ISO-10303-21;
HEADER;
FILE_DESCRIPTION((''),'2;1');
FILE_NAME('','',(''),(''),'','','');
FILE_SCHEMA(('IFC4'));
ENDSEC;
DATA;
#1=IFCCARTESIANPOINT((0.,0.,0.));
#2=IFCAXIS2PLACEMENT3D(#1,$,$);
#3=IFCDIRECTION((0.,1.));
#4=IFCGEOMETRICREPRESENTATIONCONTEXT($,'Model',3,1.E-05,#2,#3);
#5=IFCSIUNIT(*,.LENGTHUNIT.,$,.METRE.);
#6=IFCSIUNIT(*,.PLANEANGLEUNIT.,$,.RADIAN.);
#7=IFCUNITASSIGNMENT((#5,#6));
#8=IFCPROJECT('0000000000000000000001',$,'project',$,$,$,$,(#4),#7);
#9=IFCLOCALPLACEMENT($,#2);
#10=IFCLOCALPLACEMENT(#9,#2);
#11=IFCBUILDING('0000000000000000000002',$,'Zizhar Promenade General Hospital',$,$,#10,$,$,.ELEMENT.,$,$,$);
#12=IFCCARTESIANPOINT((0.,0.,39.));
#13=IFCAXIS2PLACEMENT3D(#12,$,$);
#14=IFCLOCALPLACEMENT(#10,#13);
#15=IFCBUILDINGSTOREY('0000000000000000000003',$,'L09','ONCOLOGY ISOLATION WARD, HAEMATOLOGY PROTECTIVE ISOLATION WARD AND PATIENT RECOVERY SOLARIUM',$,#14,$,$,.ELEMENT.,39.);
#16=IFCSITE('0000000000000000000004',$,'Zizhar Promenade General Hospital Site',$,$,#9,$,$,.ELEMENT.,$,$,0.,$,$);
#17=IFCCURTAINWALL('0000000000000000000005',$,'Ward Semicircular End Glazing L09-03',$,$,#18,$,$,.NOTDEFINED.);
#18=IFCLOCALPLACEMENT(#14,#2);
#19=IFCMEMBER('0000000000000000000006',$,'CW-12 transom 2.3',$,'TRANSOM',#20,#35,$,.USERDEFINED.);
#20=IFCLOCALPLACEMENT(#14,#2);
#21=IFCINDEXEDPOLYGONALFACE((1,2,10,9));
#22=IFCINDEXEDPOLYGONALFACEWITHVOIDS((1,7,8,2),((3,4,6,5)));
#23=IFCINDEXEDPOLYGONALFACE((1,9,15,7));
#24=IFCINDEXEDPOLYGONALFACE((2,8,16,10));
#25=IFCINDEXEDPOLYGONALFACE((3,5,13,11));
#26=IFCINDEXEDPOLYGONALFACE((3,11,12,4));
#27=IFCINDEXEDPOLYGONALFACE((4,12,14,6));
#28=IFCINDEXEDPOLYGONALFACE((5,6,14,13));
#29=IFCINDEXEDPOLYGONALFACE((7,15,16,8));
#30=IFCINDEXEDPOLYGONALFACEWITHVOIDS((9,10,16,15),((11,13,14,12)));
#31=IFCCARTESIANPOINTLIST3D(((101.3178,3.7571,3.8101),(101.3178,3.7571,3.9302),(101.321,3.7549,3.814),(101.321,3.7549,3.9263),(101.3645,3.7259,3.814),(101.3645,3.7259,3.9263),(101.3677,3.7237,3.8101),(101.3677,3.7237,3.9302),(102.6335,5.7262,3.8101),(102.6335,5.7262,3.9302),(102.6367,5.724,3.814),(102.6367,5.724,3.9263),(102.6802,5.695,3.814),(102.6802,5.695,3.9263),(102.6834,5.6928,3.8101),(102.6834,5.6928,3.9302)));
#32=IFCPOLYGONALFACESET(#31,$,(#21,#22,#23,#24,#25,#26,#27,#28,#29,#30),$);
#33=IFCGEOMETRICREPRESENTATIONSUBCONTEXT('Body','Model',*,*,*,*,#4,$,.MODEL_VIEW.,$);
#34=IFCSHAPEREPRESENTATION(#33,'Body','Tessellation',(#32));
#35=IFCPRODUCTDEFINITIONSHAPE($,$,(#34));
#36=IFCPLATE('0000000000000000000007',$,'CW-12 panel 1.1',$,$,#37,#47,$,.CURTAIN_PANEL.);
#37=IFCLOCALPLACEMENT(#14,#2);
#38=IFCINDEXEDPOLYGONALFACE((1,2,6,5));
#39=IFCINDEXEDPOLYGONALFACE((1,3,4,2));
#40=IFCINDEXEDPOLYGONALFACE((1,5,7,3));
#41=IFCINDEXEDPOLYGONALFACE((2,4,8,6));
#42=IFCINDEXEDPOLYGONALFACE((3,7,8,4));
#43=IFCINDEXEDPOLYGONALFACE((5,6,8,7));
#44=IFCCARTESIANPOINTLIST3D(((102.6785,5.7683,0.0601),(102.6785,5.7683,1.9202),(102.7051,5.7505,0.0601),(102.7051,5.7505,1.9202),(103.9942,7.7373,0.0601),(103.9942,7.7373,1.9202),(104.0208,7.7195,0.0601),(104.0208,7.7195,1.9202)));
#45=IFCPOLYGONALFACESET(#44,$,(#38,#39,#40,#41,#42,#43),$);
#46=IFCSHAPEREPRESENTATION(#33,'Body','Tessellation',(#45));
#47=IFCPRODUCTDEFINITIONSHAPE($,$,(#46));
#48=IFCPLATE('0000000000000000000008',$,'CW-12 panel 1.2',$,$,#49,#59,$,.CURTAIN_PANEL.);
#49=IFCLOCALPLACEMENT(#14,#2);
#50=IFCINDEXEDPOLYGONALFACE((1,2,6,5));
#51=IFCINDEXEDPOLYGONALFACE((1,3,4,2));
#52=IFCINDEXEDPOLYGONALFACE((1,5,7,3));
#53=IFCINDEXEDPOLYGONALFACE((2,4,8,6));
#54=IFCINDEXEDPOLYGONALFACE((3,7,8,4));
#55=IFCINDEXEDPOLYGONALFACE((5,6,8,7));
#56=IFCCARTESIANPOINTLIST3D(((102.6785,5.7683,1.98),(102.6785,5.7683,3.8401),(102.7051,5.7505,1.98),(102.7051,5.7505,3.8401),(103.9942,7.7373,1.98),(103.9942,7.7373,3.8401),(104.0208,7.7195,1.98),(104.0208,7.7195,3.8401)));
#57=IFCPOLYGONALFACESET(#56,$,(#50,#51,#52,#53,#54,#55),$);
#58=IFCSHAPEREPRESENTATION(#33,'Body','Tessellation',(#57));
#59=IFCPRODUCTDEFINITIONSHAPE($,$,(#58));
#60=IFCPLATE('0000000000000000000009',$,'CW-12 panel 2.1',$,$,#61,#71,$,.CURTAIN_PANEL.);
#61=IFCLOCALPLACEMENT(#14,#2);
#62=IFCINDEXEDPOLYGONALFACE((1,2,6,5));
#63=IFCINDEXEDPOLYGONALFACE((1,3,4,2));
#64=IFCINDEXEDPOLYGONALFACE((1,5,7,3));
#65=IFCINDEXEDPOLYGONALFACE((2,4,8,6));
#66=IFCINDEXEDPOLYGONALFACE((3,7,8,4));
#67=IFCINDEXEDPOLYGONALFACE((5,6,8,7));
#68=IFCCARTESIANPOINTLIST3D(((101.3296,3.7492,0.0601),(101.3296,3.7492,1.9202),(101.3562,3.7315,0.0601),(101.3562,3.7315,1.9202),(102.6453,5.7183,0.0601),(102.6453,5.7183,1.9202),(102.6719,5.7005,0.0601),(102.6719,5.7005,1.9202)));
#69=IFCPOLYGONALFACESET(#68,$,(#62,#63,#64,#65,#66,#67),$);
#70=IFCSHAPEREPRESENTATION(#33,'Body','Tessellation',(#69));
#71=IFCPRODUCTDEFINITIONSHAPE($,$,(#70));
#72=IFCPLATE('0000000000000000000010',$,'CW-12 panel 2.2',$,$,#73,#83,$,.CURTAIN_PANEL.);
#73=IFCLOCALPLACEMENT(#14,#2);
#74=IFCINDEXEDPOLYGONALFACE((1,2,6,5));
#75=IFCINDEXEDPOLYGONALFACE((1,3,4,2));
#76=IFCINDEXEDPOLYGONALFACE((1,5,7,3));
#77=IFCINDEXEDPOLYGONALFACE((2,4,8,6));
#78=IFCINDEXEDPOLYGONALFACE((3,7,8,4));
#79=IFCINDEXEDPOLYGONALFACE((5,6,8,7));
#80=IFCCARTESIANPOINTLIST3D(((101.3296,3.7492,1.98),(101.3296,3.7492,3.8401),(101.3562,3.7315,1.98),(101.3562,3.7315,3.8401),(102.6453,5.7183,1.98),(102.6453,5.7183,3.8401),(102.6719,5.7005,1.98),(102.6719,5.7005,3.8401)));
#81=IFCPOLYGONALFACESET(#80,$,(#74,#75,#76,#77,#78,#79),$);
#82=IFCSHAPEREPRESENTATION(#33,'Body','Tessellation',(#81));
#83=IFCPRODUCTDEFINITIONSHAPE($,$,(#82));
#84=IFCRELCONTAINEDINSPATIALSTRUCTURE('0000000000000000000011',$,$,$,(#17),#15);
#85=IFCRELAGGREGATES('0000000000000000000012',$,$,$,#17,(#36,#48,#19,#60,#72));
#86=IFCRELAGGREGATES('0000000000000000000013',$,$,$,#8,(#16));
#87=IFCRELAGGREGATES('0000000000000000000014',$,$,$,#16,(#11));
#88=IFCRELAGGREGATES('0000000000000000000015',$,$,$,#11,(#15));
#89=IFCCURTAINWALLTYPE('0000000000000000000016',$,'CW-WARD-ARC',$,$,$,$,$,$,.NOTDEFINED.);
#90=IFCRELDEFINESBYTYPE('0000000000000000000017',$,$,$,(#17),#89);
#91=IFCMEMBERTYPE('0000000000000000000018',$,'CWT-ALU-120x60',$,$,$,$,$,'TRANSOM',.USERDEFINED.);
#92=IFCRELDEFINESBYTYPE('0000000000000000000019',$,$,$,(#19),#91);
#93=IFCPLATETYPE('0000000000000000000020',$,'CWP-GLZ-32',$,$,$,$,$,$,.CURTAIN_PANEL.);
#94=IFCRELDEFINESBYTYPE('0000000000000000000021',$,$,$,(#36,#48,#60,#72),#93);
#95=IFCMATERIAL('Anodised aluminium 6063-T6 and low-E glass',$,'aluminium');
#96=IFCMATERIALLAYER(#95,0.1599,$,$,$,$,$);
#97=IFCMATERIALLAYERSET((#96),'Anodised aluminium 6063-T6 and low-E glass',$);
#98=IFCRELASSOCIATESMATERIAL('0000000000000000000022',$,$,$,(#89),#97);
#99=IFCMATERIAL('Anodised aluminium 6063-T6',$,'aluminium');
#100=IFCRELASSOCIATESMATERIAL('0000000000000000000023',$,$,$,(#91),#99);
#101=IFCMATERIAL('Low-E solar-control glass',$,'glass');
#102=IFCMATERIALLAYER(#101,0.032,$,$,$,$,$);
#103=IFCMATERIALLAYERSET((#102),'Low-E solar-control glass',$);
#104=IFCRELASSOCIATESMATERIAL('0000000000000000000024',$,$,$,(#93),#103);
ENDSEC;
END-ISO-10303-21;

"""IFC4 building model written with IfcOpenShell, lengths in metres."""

from ifc_helpers import new_model, si_unit, direction, frame, origin, origin_2d, place, context, subcontext, project, spatial, rectangle, hollow_rectangle, extrude, material, layer, layer_set, material_profile, profile_set, type_object, element, aggregate, save


model = new_model("IFC4")

# Units and contexts
model_context = context("Model", 3, precision=1e-05, world=origin(), true_north=direction((0.0, 1.0)))
body_context = subcontext(model_context, "Body", "Model", "MODEL_VIEW")
ifc_project = project(units=[si_unit("LENGTHUNIT", "METRE"), si_unit("PLANEANGLEUNIT", "RADIAN")], contexts=[model_context])

# Site, building, storey
site_placement = place(None, origin())
site = spatial("IfcSite", under=ifc_project, at=site_placement, Name="Zizhar Promenade General Hospital Site", CompositionType="ELEMENT", RefElevation=0.0)
building_placement = place(site_placement, origin())
building = spatial("IfcBuilding", under=site, at=building_placement, Name="Zizhar Promenade General Hospital", CompositionType="ELEMENT")
storey_placement = place(building_placement, frame((0.0, 0.0, 39.0)))
storey = spatial("IfcBuildingStorey", under=building, at=storey_placement, Name="L09", Description="ONCOLOGY ISOLATION WARD, HAEMATOLOGY PROTECTIVE ISOLATION WARD AND PATIENT RECOVERY SOLARIUM", CompositionType="ELEMENT", Elevation=39.0)

# Shared definitions
ifc_material_1 = material(Name="Anodised aluminium 6063-T6 and low-E glass", Category="aluminium")
ifc_layer_1 = layer(ifc_material_1, 0.1599)
ifc_layer_set_1 = layer_set([ifc_layer_1], Name="Anodised aluminium 6063-T6 and low-E glass")
curtain_wall_type = type_object("IfcCurtainWallType", Name="CW-WARD-ARC", PredefinedType="NOTDEFINED", material=ifc_layer_set_1)

# Curtain wall
curtain_wall_1_placement = place(storey_placement, origin())
curtain_wall_1 = element("IfcCurtainWall", 1, at=curtain_wall_1_placement, inside=storey, type_object=curtain_wall_type, Name="Ward Semicircular End Glazing L09-03", PredefinedType="NOTDEFINED")

# Member
ifc_material_2 = material(Name="Anodised aluminium 6063-T6", Category="aluminium")
ifc_material_profile_1 = material_profile(ifc_material_2, hollow_rectangle(XDim=0.0601, YDim=0.1201, WallThickness=0.0039, at=origin_2d()))
ifc_profile_set_1 = profile_set([ifc_material_profile_1], Name="Anodised aluminium 6063-T6")
member_type_1 = type_object("IfcMemberType", Name="CWT-ALU-120x60", ElementType="TRANSOM", PredefinedType="USERDEFINED", material=ifc_profile_set_1)
member_1_placement = place(storey_placement, frame((102.6584, 5.7095, 3.8701), z_axis=(-0.55558, -0.831463, 0.0), x_axis=(0.831463, -0.55558, 0.0)))
member_1 = element("IfcMember", 2, at=member_1_placement, type_object=member_type_1, Name="CW-12 transom 2.3", ObjectType="TRANSOM", PredefinedType="USERDEFINED", context=body_context, shape_type="SweptSolid", body=[
    extrude(hollow_rectangle(XDim=0.0601, YDim=0.1201, WallThickness=0.0039, at=origin_2d()), origin(), (0.0, 0.0, 1.0), 2.3682),
])

# Plates
ifc_material_3 = material(Name="Low-E solar-control glass", Category="glass")
ifc_layer_2 = layer(ifc_material_3, 0.032)
ifc_layer_set_2 = layer_set([ifc_layer_2], Name="Low-E solar-control glass")
plate_type = type_object("IfcPlateType", Name="CWP-GLZ-32", PredefinedType="CURTAIN_PANEL", material=ifc_layer_set_2)
plate_1_placement = place(storey_placement, frame((103.3496, 6.7439, 0.0601), z_axis=(0.0, 0.0, 1.0), x_axis=(-0.555582, -0.831462, 0.0)))
plate_1 = element("IfcPlate", 3, at=plate_1_placement, type_object=plate_type, Name="CW-12 panel 1.1", PredefinedType="CURTAIN_PANEL", context=body_context, shape_type="SweptSolid", body=[
    extrude(rectangle(XDim=2.3682, YDim=0.032, at=origin_2d()), origin(), (0.0, 0.0, 1.0), 1.8601),
])
plate_2_placement = place(storey_placement, frame((103.3496, 6.7439, 1.98), z_axis=(0.0, 0.0, 1.0), x_axis=(-0.555582, -0.831462, 0.0)))
plate_2 = element("IfcPlate", 4, at=plate_2_placement, type_object=plate_type, Name="CW-12 panel 1.2", PredefinedType="CURTAIN_PANEL", context=body_context, shape_type="SweptSolid", body=[
    extrude(rectangle(XDim=2.3682, YDim=0.032, at=origin_2d()), origin(), (0.0, 0.0, 1.0), 1.8601),
])
plate_3_placement = place(storey_placement, frame((102.0007, 4.7249, 0.0601), z_axis=(0.0, 0.0, 1.0), x_axis=(-0.555582, -0.831462, 0.0)))
plate_3 = element("IfcPlate", 5, at=plate_3_placement, type_object=plate_type, Name="CW-12 panel 2.1", PredefinedType="CURTAIN_PANEL", context=body_context, shape_type="SweptSolid", body=[
    extrude(rectangle(XDim=2.3682, YDim=0.032, at=origin_2d()), origin(), (0.0, 0.0, 1.0), 1.8601),
])
plate_4_placement = place(storey_placement, frame((102.0007, 4.7249, 1.98), z_axis=(0.0, 0.0, 1.0), x_axis=(-0.555582, -0.831462, 0.0)))
plate_4 = element("IfcPlate", 6, at=plate_4_placement, type_object=plate_type, Name="CW-12 panel 2.2", PredefinedType="CURTAIN_PANEL", context=body_context, shape_type="SweptSolid", body=[
    extrude(rectangle(XDim=2.3682, YDim=0.032, at=origin_2d()), origin(), (0.0, 0.0, 1.0), 1.8601),
])
aggregate(curtain_wall_1, [plate_1, plate_2, member_1, plate_3, plate_4])

save(model, "model.ifc")
